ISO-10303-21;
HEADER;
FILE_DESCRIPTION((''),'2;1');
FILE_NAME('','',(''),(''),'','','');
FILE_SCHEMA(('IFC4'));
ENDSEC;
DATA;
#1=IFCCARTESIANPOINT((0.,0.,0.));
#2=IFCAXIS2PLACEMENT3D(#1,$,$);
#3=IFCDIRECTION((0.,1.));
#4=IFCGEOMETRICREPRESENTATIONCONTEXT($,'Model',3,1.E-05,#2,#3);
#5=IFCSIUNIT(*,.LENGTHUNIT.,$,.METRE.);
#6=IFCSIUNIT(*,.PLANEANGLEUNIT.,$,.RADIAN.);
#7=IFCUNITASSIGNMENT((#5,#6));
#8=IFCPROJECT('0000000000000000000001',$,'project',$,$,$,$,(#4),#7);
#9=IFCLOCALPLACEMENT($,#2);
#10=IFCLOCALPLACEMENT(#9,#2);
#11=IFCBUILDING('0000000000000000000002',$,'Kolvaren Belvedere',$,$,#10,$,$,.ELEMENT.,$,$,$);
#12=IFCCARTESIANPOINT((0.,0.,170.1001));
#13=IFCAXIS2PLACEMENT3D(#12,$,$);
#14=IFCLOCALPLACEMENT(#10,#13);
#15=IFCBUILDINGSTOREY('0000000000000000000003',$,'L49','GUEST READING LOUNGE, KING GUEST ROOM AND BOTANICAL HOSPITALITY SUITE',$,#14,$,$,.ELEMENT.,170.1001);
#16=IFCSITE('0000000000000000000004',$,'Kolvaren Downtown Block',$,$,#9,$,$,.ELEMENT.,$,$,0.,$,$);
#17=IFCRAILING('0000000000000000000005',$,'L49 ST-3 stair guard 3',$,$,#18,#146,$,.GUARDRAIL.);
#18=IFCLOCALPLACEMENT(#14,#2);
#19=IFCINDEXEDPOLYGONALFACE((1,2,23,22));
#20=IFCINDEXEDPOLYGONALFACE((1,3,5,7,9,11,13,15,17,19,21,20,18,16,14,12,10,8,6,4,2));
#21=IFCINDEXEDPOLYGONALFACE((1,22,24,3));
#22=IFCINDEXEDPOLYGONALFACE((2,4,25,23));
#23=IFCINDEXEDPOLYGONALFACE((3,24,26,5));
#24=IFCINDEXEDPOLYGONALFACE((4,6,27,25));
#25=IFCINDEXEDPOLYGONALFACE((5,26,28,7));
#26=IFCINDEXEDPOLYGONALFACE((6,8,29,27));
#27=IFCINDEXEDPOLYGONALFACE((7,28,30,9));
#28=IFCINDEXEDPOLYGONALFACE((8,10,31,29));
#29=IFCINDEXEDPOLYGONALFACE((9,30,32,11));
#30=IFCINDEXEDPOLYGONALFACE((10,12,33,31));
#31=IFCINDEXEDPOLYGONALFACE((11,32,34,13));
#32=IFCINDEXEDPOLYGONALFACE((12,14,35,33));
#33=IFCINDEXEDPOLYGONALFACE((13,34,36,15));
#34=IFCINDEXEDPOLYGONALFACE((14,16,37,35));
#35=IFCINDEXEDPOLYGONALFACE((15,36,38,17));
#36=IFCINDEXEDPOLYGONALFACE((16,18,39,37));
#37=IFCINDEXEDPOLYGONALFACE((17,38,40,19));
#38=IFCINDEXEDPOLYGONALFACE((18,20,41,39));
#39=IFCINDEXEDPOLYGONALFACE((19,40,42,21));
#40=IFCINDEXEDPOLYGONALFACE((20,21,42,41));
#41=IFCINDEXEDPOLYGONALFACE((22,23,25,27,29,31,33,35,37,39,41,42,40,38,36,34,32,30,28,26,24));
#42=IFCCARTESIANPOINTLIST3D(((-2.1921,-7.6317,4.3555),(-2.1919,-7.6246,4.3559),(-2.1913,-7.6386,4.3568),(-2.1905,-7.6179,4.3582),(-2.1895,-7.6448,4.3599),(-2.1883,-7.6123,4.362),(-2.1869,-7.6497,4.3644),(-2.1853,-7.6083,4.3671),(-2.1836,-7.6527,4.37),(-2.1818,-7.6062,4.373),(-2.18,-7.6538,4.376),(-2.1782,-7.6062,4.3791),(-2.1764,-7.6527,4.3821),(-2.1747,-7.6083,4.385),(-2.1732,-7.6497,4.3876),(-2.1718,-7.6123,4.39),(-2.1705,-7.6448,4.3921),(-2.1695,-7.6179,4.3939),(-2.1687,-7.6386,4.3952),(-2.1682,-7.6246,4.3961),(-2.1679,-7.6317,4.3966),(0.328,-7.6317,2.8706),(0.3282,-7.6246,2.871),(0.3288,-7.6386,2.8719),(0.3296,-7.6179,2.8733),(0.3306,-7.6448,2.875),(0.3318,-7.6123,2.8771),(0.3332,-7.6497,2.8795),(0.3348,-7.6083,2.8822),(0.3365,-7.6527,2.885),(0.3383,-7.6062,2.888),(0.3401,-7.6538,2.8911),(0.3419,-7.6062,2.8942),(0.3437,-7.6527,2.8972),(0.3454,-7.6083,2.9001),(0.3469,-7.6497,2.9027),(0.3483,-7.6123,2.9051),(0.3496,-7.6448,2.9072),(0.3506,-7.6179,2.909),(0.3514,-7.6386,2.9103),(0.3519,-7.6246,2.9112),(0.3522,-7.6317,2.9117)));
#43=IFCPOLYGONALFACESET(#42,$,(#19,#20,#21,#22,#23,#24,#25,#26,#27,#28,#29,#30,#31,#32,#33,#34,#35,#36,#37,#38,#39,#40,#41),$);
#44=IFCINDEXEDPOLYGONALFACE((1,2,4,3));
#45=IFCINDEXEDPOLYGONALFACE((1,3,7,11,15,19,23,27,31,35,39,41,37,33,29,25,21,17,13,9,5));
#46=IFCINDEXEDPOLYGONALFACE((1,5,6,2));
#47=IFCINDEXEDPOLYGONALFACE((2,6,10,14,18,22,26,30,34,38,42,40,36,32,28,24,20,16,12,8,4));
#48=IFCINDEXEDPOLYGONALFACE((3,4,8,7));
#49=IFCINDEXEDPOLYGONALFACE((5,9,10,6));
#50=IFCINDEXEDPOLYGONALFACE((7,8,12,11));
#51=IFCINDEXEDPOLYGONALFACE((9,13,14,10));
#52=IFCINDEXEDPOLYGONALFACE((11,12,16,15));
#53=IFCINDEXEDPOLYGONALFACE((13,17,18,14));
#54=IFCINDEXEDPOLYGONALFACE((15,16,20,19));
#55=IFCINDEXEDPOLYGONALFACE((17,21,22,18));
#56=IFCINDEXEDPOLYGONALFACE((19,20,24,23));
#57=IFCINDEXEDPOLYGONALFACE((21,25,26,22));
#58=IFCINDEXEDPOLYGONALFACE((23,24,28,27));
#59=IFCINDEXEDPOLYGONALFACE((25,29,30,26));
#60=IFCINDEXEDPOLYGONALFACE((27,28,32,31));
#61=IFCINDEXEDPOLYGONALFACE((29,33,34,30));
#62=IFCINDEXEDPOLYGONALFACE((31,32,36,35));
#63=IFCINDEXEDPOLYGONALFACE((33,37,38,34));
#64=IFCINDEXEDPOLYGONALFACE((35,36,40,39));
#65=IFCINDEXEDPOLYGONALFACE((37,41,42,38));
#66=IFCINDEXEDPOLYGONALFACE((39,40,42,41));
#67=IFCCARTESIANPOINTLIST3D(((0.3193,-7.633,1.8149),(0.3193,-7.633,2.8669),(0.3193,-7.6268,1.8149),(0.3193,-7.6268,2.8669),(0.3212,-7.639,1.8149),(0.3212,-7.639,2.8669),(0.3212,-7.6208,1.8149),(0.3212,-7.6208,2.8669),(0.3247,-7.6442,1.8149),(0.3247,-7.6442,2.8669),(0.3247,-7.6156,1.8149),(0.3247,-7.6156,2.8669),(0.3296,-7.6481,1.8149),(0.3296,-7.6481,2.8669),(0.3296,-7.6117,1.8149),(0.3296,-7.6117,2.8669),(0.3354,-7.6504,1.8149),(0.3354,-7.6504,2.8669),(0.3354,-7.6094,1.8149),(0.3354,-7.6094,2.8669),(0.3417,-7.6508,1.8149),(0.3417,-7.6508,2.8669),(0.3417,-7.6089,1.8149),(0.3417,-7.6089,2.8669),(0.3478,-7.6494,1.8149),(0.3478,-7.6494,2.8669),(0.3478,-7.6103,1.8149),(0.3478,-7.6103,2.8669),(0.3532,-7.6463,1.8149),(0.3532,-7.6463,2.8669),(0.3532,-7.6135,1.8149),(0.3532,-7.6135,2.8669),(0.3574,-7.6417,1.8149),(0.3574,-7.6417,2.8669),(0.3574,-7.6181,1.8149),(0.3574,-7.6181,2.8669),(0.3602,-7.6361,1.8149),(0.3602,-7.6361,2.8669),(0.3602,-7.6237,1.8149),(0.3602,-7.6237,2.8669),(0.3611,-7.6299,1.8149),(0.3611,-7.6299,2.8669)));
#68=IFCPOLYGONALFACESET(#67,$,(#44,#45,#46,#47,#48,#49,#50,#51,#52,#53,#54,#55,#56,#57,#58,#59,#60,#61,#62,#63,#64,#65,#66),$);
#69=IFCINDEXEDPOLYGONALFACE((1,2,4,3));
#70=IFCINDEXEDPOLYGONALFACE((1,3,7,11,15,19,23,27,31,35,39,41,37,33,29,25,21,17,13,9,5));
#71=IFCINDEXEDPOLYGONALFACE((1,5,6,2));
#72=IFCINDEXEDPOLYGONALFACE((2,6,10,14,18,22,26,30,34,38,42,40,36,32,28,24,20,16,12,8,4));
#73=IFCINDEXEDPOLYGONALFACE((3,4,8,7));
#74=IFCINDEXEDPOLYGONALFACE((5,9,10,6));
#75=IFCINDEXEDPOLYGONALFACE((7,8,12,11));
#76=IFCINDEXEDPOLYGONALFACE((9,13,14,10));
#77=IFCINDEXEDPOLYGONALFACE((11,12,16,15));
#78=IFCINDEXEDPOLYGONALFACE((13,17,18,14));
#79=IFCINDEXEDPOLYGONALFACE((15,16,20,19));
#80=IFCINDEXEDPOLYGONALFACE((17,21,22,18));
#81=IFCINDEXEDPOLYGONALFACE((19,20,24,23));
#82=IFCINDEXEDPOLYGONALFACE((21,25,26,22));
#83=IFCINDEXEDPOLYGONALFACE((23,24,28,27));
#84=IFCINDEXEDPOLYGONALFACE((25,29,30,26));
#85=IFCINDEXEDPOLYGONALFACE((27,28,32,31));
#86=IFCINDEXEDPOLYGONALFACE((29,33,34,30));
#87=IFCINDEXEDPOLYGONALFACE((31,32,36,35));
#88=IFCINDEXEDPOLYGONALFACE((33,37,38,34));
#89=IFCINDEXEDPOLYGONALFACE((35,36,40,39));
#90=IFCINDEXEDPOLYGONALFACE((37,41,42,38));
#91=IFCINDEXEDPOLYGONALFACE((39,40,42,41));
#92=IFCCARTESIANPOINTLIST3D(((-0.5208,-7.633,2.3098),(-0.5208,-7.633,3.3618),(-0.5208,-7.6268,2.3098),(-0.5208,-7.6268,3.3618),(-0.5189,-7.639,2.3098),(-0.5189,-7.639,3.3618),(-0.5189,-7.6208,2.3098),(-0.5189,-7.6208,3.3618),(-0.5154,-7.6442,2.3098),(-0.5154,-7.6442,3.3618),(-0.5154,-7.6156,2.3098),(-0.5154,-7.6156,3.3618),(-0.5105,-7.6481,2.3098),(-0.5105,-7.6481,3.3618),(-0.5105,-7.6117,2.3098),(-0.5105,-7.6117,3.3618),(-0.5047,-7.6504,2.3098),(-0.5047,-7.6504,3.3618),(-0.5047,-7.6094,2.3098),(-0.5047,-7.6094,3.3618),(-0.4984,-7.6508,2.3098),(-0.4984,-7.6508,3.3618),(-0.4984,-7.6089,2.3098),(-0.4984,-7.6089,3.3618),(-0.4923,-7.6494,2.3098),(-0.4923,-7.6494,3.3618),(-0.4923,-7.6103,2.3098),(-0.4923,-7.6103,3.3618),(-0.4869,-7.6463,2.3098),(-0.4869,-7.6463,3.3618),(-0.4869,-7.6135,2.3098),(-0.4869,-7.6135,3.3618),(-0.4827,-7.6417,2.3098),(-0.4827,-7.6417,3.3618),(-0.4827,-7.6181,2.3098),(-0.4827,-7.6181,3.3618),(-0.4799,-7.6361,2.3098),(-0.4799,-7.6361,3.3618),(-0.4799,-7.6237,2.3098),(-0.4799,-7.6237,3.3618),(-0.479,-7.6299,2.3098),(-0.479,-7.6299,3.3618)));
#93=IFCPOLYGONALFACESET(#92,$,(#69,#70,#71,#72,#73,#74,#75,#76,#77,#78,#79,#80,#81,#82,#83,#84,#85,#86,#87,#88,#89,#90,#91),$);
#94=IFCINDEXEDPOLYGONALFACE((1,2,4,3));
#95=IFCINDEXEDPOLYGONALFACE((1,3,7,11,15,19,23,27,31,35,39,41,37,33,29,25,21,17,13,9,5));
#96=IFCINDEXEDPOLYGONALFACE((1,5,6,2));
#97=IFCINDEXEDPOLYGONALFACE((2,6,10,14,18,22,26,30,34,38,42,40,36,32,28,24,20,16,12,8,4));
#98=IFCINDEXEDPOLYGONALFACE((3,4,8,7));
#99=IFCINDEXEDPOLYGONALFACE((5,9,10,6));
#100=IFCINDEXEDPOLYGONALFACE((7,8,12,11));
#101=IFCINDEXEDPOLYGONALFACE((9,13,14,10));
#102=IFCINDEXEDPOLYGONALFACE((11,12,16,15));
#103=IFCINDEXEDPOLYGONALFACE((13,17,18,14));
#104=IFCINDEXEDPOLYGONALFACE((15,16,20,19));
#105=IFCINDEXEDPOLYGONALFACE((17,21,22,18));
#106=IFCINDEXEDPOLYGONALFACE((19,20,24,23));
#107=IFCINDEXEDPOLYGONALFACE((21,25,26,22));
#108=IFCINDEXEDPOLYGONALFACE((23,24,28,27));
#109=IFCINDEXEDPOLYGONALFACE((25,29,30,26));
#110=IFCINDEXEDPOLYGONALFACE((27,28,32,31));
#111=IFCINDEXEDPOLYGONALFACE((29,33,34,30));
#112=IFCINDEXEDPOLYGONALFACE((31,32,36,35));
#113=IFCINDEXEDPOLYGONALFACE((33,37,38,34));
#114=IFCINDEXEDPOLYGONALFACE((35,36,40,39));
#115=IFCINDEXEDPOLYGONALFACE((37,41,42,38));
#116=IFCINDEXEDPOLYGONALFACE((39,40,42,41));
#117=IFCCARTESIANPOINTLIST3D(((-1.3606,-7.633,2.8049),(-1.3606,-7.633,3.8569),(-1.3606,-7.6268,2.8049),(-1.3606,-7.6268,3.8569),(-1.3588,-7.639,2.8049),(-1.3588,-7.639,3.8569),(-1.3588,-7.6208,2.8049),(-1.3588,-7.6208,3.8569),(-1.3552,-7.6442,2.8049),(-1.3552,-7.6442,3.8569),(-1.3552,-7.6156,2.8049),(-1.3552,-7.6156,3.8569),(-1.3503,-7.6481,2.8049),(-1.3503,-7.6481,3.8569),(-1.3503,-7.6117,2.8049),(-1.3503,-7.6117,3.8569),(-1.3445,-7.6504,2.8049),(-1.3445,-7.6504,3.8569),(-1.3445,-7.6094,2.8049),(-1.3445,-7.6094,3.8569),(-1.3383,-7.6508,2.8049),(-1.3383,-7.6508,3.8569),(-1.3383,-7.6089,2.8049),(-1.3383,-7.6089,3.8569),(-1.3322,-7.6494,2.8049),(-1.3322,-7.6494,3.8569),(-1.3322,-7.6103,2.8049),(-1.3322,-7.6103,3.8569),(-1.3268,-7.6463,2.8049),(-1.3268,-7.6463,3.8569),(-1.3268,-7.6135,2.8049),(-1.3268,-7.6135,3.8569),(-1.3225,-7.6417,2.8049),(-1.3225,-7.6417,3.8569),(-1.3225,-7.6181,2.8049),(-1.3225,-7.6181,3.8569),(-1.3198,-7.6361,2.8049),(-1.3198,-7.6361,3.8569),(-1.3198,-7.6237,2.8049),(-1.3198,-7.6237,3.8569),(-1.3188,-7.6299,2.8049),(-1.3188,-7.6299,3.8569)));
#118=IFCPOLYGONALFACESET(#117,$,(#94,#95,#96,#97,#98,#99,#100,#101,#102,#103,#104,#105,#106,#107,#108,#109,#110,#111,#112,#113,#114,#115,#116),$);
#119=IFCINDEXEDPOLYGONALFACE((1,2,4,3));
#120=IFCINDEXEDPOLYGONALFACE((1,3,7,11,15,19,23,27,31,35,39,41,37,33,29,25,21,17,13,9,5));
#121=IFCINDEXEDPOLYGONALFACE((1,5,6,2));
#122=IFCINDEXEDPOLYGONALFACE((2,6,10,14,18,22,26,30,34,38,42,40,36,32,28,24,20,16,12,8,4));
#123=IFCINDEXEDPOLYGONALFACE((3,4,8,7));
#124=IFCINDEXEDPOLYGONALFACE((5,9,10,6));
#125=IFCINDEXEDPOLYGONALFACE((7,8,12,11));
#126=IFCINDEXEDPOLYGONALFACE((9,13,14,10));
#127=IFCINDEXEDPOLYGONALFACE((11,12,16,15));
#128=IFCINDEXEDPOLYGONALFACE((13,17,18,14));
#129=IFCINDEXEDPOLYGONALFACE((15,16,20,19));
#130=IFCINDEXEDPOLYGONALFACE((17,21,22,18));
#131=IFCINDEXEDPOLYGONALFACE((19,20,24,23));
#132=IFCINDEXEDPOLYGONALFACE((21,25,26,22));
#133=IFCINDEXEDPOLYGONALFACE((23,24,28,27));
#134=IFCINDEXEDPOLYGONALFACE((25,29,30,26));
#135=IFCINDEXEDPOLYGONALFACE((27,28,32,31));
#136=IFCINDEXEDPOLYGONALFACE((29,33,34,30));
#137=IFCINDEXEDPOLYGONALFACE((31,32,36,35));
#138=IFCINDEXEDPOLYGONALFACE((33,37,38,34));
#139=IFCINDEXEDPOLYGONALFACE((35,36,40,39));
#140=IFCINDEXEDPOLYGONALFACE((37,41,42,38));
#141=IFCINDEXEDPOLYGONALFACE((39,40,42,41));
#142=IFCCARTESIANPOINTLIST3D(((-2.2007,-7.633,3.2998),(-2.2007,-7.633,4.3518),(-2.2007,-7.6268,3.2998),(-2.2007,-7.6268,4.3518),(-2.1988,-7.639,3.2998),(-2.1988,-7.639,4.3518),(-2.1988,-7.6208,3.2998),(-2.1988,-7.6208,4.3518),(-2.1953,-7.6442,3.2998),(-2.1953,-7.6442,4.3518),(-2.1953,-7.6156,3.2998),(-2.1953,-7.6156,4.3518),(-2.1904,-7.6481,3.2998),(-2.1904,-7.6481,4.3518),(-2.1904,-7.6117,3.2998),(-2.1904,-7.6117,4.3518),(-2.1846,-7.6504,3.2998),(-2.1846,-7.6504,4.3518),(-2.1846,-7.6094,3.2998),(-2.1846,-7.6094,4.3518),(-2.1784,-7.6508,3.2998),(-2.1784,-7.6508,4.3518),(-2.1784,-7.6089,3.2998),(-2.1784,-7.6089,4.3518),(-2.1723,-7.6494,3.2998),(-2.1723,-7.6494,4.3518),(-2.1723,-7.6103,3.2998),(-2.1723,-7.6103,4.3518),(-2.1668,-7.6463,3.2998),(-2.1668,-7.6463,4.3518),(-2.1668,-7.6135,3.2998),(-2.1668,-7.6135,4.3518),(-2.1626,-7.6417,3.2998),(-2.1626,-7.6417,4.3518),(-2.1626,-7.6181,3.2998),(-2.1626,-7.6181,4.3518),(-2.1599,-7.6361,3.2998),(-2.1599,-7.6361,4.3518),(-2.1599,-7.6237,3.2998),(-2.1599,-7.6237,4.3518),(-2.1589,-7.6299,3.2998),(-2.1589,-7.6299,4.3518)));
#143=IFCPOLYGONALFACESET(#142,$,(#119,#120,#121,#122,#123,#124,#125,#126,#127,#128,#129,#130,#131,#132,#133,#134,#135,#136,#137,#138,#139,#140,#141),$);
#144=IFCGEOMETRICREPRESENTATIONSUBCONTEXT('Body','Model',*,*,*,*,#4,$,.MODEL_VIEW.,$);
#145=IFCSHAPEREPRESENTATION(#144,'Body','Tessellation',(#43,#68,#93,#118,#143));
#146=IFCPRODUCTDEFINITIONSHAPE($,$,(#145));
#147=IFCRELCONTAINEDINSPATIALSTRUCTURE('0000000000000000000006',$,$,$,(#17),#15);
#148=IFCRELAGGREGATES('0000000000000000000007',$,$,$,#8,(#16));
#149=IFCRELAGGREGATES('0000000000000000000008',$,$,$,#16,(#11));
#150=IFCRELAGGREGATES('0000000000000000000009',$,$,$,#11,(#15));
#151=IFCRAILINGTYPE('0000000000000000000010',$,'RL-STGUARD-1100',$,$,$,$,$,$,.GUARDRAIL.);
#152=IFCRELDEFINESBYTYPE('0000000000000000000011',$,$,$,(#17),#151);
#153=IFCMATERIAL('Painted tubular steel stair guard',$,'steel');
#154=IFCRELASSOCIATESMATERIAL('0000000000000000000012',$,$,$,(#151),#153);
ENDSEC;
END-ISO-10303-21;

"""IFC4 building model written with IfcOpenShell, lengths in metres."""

from ifc_helpers import new_model, si_unit, direction, frame, origin, origin_2d, place, context, subcontext, project, spatial, circle, extrude, material, type_object, element, save


model = new_model("IFC4")

# Units and contexts
model_context = context("Model", 3, precision=1e-05, world=origin(), true_north=direction((0.0, 1.0)))
body_context = subcontext(model_context, "Body", "Model", "MODEL_VIEW")
ifc_project = project(units=[si_unit("LENGTHUNIT", "METRE"), si_unit("PLANEANGLEUNIT", "RADIAN")], contexts=[model_context])

# Site, building, storey
site_placement = place(None, origin())
site = spatial("IfcSite", under=ifc_project, at=site_placement, Name="Kolvaren Downtown Block", CompositionType="ELEMENT", RefElevation=0.0)
building_placement = place(site_placement, origin())
building = spatial("IfcBuilding", under=site, at=building_placement, Name="Kolvaren Belvedere", CompositionType="ELEMENT")
storey_placement = place(building_placement, frame((0.0, 0.0, 170.1001)))
storey = spatial("IfcBuildingStorey", under=building, at=storey_placement, Name="L49", Description="GUEST READING LOUNGE, KING GUEST ROOM AND BOTANICAL HOSPITALITY SUITE", CompositionType="ELEMENT", Elevation=170.1001)

# Railing
ifc_material_1 = material(Name="Painted tubular steel stair guard", Category="steel")
railing_type_1 = type_object("IfcRailingType", Name="RL-STGUARD-1100", PredefinedType="GUARDRAIL", material=ifc_material_1)
railing_1_placement = place(storey_placement, frame((0.3401, -7.6299, 1.8149)))
element("IfcRailing", 1, at=railing_1_placement, inside=storey, type_object=railing_type_1, Name="L49 ST-3 stair guard 3", PredefinedType="GUARDRAIL", context=body_context, shape_type="SweptSolid", body=[
    extrude(circle(Radius=0.0239, at=origin_2d()), frame((0.0, 0.0, 1.0762), z_axis=(-0.861561, 0.0, 0.507655), x_axis=(0.0, -1.0, 0.0)), (0.0, 0.0, 1.0), 2.925),
    extrude(circle(Radius=0.021, at=origin_2d()), origin(), (0.0, 0.0, 1.0), 1.052),
    extrude(circle(Radius=0.021, at=origin_2d()), frame((-0.8401, 0.0, 0.4949)), (0.0, 0.0, 1.0), 1.052),
    extrude(circle(Radius=0.021, at=origin_2d()), frame((-1.6799, 0.0, 0.99)), (0.0, 0.0, 1.0), 1.052),
    extrude(circle(Radius=0.021, at=origin_2d()), frame((-2.52, 0.0, 1.4849)), (0.0, 0.0, 1.0), 1.052),
])

save(model, "model.ifc")
